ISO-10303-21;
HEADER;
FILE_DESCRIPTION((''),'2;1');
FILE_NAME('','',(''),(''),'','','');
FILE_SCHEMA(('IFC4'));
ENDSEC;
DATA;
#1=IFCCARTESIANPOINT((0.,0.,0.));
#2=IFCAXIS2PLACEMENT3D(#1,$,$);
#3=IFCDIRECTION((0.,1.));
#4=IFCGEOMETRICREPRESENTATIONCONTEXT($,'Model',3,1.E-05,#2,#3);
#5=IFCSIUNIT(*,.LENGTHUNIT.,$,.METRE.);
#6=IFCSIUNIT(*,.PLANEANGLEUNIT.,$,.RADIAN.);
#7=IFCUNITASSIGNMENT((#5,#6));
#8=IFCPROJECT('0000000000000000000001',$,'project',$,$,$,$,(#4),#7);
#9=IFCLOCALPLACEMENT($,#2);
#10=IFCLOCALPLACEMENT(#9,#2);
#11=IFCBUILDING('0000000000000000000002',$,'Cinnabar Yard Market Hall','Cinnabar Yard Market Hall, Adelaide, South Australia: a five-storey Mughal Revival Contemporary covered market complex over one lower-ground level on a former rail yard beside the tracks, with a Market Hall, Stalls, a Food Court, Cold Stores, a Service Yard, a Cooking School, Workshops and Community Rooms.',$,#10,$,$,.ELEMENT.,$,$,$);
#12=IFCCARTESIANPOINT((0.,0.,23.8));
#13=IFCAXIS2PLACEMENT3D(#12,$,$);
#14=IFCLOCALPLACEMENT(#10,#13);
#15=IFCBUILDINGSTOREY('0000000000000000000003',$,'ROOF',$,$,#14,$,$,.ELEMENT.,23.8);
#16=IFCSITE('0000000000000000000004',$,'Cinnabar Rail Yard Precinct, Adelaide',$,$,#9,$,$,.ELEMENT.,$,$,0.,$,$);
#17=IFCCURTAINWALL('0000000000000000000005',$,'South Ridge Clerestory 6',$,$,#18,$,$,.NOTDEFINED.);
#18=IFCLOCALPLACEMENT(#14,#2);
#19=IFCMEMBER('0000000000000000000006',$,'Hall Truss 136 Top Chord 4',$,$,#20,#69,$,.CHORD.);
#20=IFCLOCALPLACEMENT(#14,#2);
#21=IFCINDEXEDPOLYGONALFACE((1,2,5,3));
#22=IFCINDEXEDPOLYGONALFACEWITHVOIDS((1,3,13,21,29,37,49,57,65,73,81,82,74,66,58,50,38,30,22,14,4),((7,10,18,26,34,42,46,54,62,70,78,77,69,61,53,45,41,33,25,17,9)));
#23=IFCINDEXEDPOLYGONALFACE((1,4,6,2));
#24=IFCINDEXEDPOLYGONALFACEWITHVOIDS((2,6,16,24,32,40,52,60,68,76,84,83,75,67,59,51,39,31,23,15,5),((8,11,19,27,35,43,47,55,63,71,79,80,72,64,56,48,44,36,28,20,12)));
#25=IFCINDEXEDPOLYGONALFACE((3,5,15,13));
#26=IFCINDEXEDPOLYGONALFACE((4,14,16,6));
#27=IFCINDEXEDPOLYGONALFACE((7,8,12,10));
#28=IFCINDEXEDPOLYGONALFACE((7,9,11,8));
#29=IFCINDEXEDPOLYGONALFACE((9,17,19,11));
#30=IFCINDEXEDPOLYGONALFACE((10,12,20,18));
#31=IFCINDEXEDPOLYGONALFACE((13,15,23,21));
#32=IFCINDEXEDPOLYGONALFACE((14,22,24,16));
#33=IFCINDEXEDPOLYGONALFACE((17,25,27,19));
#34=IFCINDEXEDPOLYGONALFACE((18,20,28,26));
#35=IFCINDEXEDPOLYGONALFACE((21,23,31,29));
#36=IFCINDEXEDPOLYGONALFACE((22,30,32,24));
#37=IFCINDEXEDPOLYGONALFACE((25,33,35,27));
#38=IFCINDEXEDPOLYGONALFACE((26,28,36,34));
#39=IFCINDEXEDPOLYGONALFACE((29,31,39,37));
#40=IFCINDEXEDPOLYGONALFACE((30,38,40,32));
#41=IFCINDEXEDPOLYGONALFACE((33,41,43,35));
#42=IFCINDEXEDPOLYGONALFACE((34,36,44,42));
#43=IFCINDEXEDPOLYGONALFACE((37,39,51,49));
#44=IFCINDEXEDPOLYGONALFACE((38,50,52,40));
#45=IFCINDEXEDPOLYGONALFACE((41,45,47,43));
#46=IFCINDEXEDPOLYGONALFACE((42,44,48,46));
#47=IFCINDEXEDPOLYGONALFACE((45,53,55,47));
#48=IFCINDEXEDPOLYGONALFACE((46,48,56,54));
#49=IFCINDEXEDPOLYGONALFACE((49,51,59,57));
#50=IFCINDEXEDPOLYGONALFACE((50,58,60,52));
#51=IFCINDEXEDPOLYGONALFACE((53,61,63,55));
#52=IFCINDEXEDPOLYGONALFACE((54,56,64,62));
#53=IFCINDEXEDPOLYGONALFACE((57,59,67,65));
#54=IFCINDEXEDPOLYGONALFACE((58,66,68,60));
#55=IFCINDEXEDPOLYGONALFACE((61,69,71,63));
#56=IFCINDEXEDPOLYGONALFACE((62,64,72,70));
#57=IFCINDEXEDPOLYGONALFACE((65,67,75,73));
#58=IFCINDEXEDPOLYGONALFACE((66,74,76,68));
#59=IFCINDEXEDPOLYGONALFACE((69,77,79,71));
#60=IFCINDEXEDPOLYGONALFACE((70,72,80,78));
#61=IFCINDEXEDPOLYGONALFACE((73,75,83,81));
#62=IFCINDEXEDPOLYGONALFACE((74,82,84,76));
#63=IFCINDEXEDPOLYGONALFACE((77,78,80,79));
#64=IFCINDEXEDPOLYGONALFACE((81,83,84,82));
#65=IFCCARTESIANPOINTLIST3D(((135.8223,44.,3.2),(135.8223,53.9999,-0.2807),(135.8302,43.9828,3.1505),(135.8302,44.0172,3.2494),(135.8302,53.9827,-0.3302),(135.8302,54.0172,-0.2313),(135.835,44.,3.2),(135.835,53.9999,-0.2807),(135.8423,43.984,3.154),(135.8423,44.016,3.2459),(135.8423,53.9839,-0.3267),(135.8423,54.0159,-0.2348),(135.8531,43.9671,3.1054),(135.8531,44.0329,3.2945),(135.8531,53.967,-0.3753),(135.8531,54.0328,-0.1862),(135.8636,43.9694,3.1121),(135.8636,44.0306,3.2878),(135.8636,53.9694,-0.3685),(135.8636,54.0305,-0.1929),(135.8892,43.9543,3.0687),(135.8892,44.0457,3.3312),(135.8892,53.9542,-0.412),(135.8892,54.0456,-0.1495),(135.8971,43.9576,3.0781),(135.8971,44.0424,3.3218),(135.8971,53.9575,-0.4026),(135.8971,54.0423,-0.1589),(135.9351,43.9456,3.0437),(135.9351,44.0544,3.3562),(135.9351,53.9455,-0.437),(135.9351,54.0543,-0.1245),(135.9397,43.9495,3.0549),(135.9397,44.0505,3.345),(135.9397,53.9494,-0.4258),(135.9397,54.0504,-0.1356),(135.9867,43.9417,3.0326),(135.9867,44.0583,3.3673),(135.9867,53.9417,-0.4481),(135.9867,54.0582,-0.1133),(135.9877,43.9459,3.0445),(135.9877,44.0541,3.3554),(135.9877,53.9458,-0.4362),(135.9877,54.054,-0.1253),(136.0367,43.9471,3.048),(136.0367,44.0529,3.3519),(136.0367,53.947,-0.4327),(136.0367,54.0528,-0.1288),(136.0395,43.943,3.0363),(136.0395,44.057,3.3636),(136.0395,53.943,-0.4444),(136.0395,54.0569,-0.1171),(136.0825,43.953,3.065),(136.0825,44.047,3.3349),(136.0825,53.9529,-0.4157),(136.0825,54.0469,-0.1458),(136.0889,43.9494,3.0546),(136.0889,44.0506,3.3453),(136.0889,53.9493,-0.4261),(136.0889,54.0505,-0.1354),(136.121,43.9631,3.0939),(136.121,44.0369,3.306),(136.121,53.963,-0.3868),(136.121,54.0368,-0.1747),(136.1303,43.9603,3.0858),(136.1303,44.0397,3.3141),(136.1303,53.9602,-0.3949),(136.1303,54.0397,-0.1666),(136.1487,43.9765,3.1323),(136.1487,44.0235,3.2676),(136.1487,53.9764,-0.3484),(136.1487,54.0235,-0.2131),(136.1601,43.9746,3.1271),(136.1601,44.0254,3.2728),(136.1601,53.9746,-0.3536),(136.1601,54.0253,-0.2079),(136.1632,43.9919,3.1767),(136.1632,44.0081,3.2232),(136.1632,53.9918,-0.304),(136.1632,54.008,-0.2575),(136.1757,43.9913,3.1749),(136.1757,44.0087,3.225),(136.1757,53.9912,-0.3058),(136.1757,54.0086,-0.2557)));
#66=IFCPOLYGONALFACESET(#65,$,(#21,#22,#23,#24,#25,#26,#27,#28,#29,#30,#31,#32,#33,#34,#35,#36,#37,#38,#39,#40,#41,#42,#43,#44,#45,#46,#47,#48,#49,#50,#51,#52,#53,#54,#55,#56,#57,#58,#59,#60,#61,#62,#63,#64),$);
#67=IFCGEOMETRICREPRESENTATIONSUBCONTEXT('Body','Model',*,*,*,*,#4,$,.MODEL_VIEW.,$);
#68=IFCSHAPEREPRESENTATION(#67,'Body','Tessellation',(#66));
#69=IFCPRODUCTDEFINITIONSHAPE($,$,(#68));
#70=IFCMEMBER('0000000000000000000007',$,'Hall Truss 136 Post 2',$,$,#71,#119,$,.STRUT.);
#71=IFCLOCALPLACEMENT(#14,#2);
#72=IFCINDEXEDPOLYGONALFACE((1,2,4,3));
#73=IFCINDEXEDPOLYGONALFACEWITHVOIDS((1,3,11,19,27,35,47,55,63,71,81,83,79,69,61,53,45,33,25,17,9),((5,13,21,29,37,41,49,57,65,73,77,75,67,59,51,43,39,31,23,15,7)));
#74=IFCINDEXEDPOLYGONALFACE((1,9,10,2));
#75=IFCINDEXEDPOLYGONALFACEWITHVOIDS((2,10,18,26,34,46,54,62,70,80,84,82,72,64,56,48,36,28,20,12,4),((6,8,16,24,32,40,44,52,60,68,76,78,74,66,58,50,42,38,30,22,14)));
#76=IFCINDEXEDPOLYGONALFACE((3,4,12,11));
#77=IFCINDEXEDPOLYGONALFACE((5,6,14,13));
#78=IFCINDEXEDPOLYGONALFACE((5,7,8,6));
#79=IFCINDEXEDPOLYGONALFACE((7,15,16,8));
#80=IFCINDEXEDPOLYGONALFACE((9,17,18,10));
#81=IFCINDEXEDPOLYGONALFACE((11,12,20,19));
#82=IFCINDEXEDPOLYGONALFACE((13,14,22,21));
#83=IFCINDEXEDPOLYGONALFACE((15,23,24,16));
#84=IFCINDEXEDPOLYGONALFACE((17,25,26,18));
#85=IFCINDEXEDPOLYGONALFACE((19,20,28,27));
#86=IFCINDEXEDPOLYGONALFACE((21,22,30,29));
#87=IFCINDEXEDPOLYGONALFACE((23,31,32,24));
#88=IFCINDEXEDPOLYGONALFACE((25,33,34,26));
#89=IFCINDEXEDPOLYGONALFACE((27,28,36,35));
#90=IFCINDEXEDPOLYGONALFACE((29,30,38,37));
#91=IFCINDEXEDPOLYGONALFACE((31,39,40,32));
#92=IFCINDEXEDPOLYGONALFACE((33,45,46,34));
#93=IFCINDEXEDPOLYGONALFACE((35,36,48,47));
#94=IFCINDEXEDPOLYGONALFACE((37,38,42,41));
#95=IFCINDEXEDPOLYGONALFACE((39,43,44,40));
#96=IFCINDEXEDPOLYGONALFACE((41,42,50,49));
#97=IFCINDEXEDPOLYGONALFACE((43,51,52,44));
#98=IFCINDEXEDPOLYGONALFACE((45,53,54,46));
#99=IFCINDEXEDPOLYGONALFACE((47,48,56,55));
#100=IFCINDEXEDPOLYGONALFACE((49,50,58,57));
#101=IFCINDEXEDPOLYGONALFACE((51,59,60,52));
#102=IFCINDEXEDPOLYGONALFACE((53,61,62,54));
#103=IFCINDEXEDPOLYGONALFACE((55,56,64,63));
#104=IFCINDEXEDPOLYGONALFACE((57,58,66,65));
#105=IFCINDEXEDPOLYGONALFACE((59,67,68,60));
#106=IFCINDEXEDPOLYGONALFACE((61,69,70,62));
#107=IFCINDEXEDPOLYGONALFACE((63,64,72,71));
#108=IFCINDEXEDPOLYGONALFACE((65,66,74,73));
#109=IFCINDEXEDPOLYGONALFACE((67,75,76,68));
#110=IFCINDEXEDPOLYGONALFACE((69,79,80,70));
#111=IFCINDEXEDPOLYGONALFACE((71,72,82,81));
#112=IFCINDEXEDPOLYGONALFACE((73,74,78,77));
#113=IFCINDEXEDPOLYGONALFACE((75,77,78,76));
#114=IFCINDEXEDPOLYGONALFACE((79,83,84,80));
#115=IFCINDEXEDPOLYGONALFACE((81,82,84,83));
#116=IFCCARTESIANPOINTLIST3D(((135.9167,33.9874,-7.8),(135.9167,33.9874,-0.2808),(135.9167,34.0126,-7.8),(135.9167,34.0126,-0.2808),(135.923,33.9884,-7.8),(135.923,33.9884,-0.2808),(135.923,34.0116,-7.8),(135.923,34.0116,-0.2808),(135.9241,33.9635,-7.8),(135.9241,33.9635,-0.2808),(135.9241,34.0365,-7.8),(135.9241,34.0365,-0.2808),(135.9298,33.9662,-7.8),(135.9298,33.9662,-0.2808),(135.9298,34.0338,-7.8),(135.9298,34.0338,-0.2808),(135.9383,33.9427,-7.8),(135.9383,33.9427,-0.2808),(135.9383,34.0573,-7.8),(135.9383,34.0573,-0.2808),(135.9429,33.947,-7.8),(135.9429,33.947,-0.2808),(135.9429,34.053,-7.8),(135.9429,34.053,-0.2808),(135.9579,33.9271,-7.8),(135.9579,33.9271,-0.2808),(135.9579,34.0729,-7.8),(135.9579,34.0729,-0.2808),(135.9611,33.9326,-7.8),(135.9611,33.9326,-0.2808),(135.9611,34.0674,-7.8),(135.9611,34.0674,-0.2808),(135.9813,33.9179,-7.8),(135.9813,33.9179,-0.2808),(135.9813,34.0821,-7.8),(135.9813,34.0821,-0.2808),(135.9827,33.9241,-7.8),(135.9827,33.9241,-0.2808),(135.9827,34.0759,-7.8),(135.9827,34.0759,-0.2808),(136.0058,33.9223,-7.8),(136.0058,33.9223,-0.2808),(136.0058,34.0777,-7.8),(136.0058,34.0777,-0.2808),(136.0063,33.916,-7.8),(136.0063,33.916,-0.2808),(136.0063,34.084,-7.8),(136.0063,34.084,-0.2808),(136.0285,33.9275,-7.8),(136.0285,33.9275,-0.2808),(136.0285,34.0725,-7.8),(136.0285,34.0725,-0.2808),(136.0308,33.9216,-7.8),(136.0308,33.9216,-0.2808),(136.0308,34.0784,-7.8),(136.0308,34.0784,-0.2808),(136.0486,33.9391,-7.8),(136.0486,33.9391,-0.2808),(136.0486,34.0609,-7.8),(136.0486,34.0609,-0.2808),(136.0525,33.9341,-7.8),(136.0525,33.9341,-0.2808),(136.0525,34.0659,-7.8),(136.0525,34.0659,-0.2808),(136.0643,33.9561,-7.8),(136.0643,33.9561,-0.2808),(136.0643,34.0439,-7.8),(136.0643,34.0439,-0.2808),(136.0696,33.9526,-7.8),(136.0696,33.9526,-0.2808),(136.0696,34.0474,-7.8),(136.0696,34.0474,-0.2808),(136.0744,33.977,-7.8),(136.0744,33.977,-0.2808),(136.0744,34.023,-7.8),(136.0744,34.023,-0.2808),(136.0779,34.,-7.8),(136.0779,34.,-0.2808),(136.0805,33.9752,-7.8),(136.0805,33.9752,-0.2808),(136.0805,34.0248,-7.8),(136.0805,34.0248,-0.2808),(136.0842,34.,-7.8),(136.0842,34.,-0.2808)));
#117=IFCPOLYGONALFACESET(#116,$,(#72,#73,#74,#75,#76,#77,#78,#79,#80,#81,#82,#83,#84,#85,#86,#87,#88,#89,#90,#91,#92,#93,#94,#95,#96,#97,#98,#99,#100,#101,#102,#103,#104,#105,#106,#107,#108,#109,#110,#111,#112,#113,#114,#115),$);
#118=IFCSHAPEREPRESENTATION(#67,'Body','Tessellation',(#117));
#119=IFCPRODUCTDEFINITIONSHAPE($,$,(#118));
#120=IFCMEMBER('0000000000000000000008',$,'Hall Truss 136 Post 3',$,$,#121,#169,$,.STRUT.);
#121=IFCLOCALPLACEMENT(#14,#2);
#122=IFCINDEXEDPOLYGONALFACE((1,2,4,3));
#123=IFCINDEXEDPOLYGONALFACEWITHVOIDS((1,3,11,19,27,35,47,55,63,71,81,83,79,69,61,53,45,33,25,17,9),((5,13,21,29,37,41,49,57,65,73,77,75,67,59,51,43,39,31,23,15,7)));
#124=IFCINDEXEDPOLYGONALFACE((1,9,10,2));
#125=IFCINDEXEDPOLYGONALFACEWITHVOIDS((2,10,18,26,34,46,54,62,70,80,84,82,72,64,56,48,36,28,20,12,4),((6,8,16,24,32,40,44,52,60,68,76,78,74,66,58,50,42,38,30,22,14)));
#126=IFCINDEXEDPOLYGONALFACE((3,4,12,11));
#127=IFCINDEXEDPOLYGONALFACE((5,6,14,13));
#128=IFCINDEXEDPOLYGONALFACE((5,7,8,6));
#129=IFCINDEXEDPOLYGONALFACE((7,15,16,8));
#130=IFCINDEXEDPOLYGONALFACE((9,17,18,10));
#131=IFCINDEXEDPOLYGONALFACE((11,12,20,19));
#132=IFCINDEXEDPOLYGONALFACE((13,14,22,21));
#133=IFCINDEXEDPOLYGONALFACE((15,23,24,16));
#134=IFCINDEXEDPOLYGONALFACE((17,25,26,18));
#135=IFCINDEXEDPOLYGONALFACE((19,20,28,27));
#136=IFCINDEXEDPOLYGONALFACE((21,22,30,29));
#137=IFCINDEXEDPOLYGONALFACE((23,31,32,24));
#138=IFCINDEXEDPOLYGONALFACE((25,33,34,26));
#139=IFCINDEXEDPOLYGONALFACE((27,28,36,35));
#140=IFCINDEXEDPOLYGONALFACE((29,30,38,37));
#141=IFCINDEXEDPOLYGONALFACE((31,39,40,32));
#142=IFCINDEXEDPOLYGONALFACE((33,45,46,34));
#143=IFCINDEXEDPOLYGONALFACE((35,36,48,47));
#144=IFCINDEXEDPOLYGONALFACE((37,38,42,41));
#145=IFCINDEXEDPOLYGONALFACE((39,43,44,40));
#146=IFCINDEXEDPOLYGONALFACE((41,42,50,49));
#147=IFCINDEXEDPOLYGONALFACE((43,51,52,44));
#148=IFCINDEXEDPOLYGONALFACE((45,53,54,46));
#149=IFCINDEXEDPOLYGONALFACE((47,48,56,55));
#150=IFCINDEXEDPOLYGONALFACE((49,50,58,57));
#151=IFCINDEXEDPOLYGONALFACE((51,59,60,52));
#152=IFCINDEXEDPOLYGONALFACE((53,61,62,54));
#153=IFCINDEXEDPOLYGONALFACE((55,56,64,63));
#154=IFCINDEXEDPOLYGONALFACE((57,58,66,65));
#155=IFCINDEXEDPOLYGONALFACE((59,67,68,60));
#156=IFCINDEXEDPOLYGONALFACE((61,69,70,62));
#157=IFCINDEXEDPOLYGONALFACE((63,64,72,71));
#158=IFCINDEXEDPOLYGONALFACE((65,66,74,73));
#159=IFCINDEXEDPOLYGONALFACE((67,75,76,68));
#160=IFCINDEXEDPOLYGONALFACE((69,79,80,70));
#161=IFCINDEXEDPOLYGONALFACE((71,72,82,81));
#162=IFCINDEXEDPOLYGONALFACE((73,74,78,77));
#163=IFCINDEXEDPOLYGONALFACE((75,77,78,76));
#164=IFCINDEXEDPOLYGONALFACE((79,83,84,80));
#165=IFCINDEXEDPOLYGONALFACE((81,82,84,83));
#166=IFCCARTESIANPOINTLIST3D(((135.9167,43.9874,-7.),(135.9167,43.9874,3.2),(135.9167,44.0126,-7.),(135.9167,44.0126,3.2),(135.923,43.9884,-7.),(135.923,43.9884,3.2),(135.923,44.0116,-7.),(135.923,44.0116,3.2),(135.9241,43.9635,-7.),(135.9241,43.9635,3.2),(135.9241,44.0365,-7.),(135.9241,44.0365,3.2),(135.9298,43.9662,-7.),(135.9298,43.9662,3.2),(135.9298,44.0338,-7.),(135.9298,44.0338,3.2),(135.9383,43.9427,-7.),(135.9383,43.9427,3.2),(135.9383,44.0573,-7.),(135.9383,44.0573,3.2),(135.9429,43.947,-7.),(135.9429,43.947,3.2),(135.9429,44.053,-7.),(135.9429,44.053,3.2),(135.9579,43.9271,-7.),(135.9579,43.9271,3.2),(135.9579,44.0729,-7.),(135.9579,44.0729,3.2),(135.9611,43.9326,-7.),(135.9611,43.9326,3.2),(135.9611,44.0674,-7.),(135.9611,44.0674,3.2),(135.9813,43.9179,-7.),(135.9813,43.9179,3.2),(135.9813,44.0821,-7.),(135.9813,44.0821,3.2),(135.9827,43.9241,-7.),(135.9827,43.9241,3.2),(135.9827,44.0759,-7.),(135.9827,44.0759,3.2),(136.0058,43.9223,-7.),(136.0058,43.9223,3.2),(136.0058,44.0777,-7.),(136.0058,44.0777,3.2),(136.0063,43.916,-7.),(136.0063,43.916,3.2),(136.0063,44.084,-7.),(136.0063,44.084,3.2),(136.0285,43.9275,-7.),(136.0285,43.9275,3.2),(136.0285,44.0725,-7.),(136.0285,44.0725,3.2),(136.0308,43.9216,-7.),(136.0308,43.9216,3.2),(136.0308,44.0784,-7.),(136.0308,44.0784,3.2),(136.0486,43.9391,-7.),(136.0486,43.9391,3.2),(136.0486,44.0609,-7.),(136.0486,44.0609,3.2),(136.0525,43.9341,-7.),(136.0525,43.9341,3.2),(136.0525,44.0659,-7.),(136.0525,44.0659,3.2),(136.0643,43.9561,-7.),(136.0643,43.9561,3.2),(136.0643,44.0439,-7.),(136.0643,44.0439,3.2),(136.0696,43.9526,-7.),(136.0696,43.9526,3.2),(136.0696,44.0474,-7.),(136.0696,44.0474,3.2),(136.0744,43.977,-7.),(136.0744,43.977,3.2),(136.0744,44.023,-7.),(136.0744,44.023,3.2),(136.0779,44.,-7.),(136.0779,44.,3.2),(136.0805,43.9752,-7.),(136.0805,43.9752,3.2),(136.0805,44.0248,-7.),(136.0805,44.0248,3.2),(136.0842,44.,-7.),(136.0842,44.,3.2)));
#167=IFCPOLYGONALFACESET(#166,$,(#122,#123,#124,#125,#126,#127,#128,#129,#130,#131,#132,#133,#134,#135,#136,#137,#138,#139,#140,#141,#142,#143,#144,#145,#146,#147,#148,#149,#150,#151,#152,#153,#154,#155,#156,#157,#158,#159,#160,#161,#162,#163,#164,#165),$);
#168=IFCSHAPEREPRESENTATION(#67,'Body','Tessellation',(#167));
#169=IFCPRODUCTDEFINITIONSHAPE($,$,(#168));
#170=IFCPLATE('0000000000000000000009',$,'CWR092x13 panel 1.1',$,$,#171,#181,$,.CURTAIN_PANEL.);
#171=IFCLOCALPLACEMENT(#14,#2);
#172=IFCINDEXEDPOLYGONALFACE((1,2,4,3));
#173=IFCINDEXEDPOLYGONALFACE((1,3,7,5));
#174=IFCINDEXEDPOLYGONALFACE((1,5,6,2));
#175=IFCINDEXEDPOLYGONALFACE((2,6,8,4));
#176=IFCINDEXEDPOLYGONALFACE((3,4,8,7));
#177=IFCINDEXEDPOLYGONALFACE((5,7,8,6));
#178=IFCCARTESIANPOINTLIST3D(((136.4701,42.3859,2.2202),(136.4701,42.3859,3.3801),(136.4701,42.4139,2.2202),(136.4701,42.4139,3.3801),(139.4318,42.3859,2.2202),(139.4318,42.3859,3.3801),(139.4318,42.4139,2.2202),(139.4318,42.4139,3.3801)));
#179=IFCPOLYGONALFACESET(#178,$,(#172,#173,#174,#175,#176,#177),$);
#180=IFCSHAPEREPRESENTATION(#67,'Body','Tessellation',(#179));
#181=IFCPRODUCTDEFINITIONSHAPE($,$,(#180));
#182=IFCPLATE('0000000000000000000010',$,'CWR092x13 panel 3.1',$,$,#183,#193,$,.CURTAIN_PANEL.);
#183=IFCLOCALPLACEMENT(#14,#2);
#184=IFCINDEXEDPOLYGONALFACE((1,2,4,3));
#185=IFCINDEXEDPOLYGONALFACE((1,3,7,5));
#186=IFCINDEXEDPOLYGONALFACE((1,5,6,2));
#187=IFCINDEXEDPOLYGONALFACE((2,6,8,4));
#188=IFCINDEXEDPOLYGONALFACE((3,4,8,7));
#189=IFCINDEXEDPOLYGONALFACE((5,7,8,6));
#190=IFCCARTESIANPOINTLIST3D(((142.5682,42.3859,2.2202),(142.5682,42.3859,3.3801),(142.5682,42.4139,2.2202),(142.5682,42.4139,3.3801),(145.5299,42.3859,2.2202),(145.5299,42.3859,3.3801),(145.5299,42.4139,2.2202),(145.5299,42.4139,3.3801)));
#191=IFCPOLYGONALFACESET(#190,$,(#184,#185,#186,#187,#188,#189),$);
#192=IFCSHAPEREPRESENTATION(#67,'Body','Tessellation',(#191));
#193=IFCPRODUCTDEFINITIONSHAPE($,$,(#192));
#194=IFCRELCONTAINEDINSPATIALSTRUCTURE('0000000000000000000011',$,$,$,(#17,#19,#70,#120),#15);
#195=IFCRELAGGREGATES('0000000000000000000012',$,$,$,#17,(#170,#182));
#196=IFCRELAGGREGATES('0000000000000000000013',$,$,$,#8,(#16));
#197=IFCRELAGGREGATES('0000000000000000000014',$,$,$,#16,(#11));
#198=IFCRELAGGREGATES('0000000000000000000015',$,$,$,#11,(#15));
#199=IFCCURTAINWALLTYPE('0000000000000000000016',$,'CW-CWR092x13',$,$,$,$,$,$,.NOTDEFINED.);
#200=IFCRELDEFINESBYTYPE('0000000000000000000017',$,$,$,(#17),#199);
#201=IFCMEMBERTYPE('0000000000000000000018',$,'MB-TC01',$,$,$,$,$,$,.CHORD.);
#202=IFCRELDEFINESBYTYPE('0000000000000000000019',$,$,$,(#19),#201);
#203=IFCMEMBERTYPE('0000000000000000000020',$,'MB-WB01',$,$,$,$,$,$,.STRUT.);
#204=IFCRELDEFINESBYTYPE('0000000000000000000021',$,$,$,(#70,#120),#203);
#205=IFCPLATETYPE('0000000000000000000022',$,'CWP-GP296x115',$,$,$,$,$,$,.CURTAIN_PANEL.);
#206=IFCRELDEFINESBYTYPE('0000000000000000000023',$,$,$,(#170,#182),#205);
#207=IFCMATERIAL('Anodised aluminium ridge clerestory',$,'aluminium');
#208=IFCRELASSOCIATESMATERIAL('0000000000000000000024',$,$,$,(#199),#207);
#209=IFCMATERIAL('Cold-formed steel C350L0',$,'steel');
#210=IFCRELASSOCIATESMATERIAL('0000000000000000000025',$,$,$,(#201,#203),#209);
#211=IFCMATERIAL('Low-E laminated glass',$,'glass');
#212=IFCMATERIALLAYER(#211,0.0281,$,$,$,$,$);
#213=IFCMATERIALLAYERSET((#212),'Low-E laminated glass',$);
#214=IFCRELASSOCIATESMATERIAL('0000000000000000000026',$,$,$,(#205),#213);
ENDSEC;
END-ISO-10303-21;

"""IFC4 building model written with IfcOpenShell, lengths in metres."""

from ifc_helpers import new_model, si_unit, direction, frame, origin, origin_2d_with_axis, place, context, subcontext, project, spatial, rectangle, hollow_circle, extrude, material, layer, layer_set, material_profile, profile_set, type_object, element, aggregate, save


model = new_model("IFC4")

# Units and contexts
model_context = context("Model", 3, precision=1e-05, world=origin(), true_north=direction((0.0, 1.0)))
body_context = subcontext(model_context, "Body", "Model", "MODEL_VIEW")
ifc_project = project(units=[si_unit("LENGTHUNIT", "METRE"), si_unit("PLANEANGLEUNIT", "RADIAN")], contexts=[model_context])

# Site, building, storey
site_placement = place(None, origin())
site = spatial("IfcSite", under=ifc_project, at=site_placement, Name="Cinnabar Rail Yard Precinct, Adelaide", CompositionType="ELEMENT", RefElevation=0.0)
building_placement = place(site_placement, origin())
building = spatial("IfcBuilding", under=site, at=building_placement, Name="Cinnabar Yard Market Hall", Description="Cinnabar Yard Market Hall, Adelaide, South Australia: a five-storey Mughal Revival Contemporary covered market complex over one lower-ground level on a former rail yard beside the tracks, with a Market Hall, Stalls, a Food Court, Cold Stores, a Service Yard, a Cooking School, Workshops and Community Rooms.", CompositionType="ELEMENT")
storey_placement = place(building_placement, frame((0.0, 0.0, 23.8)))
storey = spatial("IfcBuildingStorey", under=building, at=storey_placement, Name="ROOF", CompositionType="ELEMENT", Elevation=23.8)

# Curtain wall
ifc_material_1 = material(Name="Anodised aluminium ridge clerestory", Category="aluminium")
curtain_wall_type = type_object("IfcCurtainWallType", Name="CW-CWR092x13", PredefinedType="NOTDEFINED", material=ifc_material_1)
curtain_wall_placement = place(storey_placement, origin())
curtain_wall = element("IfcCurtainWall", 1, at=curtain_wall_placement, inside=storey, type_object=curtain_wall_type, Name="South Ridge Clerestory 6", PredefinedType="NOTDEFINED")

# Members
ifc_material_2 = material(Name="Cold-formed steel C350L0", Category="steel")
ifc_material_profile_1 = material_profile(ifc_material_2, hollow_circle(Radius=0.1777, WallThickness=0.0127, at=origin_2d_with_axis()), Name="355.6x12.7CHS")
ifc_profile_set_1 = profile_set([ifc_material_profile_1], Name="Cold-formed steel C350L0")
member_type_1 = type_object("IfcMemberType", Name="MB-TC01", PredefinedType="CHORD", material=ifc_profile_set_1)
member_1_placement = place(storey_placement, frame((136.0, 44.0, 3.2), z_axis=(0.0, 0.944425, -0.328727), x_axis=(-1.0, 0.0, 0.0)))
element("IfcMember", 2, at=member_1_placement, inside=storey, type_object=member_type_1, Name="Hall Truss 136 Top Chord 4", PredefinedType="CHORD", context=body_context, shape_type="SweptSolid", body=[
    extrude(hollow_circle(Radius=0.1777, WallThickness=0.0127, at=origin_2d_with_axis()), origin(), (0.0, 0.0, 1.0), 10.5884),
])
ifc_material_profile_2 = material_profile(ifc_material_2, hollow_circle(Radius=0.0842, WallThickness=0.0063, at=origin_2d_with_axis()), Name="168.3x6.4CHS")
ifc_profile_set_2 = profile_set([ifc_material_profile_2], Name="Cold-formed steel C350L0")
member_type_2 = type_object("IfcMemberType", Name="MB-WB01", PredefinedType="STRUT", material=ifc_profile_set_2)
member_2_placement = place(storey_placement, frame((136.0, 34.0, -7.8), z_axis=(0.0, 0.0, 1.0), x_axis=(1.0, 0.0, 0.0)))
element("IfcMember", 3, at=member_2_placement, inside=storey, type_object=member_type_2, Name="Hall Truss 136 Post 2", PredefinedType="STRUT", context=body_context, shape_type="SweptSolid", body=[
    extrude(hollow_circle(Radius=0.0842, WallThickness=0.0063, at=origin_2d_with_axis()), origin(), (0.0, 0.0, 1.0), 7.5193),
])
member_3_placement = place(storey_placement, frame((136.0, 44.0, -7.0), z_axis=(0.0, 0.0, 1.0), x_axis=(1.0, 0.0, 0.0)))
element("IfcMember", 4, at=member_3_placement, inside=storey, type_object=member_type_2, Name="Hall Truss 136 Post 3", PredefinedType="STRUT", context=body_context, shape_type="SweptSolid", body=[
    extrude(hollow_circle(Radius=0.0842, WallThickness=0.0063, at=origin_2d_with_axis()), origin(), (0.0, 0.0, 1.0), 10.2),
])

# Plates
ifc_material_3 = material(Name="Low-E laminated glass", Category="glass")
ifc_layer_1 = layer(ifc_material_3, 0.0281)
ifc_layer_set_1 = layer_set([ifc_layer_1], Name="Low-E laminated glass")
plate_type_1 = type_object("IfcPlateType", Name="CWP-GP296x115", PredefinedType="CURTAIN_PANEL", material=ifc_layer_set_1)
plate_1_placement = place(storey_placement, frame((137.9509, 42.3999, 2.2202), z_axis=(0.0, 0.0, 1.0), x_axis=(1.0, 0.0, 0.0)))
plate_1 = element("IfcPlate", 5, at=plate_1_placement, type_object=plate_type_1, Name="CWR092x13 panel 1.1", PredefinedType="CURTAIN_PANEL", context=body_context, shape_type="SweptSolid", body=[
    extrude(rectangle(XDim=2.9617, YDim=0.0281, at=origin_2d_with_axis()), origin(), (0.0, 0.0, 1.0), 1.1599),
])
plate_2_placement = place(storey_placement, frame((144.0491, 42.3999, 2.2202), z_axis=(0.0, 0.0, 1.0), x_axis=(1.0, 0.0, 0.0)))
plate_2 = element("IfcPlate", 6, at=plate_2_placement, type_object=plate_type_1, Name="CWR092x13 panel 3.1", PredefinedType="CURTAIN_PANEL", context=body_context, shape_type="SweptSolid", body=[
    extrude(rectangle(XDim=2.9617, YDim=0.0281, at=origin_2d_with_axis()), origin(), (0.0, 0.0, 1.0), 1.1599),
])
aggregate(curtain_wall, [plate_1, plate_2])

save(model, "model.ifc")
